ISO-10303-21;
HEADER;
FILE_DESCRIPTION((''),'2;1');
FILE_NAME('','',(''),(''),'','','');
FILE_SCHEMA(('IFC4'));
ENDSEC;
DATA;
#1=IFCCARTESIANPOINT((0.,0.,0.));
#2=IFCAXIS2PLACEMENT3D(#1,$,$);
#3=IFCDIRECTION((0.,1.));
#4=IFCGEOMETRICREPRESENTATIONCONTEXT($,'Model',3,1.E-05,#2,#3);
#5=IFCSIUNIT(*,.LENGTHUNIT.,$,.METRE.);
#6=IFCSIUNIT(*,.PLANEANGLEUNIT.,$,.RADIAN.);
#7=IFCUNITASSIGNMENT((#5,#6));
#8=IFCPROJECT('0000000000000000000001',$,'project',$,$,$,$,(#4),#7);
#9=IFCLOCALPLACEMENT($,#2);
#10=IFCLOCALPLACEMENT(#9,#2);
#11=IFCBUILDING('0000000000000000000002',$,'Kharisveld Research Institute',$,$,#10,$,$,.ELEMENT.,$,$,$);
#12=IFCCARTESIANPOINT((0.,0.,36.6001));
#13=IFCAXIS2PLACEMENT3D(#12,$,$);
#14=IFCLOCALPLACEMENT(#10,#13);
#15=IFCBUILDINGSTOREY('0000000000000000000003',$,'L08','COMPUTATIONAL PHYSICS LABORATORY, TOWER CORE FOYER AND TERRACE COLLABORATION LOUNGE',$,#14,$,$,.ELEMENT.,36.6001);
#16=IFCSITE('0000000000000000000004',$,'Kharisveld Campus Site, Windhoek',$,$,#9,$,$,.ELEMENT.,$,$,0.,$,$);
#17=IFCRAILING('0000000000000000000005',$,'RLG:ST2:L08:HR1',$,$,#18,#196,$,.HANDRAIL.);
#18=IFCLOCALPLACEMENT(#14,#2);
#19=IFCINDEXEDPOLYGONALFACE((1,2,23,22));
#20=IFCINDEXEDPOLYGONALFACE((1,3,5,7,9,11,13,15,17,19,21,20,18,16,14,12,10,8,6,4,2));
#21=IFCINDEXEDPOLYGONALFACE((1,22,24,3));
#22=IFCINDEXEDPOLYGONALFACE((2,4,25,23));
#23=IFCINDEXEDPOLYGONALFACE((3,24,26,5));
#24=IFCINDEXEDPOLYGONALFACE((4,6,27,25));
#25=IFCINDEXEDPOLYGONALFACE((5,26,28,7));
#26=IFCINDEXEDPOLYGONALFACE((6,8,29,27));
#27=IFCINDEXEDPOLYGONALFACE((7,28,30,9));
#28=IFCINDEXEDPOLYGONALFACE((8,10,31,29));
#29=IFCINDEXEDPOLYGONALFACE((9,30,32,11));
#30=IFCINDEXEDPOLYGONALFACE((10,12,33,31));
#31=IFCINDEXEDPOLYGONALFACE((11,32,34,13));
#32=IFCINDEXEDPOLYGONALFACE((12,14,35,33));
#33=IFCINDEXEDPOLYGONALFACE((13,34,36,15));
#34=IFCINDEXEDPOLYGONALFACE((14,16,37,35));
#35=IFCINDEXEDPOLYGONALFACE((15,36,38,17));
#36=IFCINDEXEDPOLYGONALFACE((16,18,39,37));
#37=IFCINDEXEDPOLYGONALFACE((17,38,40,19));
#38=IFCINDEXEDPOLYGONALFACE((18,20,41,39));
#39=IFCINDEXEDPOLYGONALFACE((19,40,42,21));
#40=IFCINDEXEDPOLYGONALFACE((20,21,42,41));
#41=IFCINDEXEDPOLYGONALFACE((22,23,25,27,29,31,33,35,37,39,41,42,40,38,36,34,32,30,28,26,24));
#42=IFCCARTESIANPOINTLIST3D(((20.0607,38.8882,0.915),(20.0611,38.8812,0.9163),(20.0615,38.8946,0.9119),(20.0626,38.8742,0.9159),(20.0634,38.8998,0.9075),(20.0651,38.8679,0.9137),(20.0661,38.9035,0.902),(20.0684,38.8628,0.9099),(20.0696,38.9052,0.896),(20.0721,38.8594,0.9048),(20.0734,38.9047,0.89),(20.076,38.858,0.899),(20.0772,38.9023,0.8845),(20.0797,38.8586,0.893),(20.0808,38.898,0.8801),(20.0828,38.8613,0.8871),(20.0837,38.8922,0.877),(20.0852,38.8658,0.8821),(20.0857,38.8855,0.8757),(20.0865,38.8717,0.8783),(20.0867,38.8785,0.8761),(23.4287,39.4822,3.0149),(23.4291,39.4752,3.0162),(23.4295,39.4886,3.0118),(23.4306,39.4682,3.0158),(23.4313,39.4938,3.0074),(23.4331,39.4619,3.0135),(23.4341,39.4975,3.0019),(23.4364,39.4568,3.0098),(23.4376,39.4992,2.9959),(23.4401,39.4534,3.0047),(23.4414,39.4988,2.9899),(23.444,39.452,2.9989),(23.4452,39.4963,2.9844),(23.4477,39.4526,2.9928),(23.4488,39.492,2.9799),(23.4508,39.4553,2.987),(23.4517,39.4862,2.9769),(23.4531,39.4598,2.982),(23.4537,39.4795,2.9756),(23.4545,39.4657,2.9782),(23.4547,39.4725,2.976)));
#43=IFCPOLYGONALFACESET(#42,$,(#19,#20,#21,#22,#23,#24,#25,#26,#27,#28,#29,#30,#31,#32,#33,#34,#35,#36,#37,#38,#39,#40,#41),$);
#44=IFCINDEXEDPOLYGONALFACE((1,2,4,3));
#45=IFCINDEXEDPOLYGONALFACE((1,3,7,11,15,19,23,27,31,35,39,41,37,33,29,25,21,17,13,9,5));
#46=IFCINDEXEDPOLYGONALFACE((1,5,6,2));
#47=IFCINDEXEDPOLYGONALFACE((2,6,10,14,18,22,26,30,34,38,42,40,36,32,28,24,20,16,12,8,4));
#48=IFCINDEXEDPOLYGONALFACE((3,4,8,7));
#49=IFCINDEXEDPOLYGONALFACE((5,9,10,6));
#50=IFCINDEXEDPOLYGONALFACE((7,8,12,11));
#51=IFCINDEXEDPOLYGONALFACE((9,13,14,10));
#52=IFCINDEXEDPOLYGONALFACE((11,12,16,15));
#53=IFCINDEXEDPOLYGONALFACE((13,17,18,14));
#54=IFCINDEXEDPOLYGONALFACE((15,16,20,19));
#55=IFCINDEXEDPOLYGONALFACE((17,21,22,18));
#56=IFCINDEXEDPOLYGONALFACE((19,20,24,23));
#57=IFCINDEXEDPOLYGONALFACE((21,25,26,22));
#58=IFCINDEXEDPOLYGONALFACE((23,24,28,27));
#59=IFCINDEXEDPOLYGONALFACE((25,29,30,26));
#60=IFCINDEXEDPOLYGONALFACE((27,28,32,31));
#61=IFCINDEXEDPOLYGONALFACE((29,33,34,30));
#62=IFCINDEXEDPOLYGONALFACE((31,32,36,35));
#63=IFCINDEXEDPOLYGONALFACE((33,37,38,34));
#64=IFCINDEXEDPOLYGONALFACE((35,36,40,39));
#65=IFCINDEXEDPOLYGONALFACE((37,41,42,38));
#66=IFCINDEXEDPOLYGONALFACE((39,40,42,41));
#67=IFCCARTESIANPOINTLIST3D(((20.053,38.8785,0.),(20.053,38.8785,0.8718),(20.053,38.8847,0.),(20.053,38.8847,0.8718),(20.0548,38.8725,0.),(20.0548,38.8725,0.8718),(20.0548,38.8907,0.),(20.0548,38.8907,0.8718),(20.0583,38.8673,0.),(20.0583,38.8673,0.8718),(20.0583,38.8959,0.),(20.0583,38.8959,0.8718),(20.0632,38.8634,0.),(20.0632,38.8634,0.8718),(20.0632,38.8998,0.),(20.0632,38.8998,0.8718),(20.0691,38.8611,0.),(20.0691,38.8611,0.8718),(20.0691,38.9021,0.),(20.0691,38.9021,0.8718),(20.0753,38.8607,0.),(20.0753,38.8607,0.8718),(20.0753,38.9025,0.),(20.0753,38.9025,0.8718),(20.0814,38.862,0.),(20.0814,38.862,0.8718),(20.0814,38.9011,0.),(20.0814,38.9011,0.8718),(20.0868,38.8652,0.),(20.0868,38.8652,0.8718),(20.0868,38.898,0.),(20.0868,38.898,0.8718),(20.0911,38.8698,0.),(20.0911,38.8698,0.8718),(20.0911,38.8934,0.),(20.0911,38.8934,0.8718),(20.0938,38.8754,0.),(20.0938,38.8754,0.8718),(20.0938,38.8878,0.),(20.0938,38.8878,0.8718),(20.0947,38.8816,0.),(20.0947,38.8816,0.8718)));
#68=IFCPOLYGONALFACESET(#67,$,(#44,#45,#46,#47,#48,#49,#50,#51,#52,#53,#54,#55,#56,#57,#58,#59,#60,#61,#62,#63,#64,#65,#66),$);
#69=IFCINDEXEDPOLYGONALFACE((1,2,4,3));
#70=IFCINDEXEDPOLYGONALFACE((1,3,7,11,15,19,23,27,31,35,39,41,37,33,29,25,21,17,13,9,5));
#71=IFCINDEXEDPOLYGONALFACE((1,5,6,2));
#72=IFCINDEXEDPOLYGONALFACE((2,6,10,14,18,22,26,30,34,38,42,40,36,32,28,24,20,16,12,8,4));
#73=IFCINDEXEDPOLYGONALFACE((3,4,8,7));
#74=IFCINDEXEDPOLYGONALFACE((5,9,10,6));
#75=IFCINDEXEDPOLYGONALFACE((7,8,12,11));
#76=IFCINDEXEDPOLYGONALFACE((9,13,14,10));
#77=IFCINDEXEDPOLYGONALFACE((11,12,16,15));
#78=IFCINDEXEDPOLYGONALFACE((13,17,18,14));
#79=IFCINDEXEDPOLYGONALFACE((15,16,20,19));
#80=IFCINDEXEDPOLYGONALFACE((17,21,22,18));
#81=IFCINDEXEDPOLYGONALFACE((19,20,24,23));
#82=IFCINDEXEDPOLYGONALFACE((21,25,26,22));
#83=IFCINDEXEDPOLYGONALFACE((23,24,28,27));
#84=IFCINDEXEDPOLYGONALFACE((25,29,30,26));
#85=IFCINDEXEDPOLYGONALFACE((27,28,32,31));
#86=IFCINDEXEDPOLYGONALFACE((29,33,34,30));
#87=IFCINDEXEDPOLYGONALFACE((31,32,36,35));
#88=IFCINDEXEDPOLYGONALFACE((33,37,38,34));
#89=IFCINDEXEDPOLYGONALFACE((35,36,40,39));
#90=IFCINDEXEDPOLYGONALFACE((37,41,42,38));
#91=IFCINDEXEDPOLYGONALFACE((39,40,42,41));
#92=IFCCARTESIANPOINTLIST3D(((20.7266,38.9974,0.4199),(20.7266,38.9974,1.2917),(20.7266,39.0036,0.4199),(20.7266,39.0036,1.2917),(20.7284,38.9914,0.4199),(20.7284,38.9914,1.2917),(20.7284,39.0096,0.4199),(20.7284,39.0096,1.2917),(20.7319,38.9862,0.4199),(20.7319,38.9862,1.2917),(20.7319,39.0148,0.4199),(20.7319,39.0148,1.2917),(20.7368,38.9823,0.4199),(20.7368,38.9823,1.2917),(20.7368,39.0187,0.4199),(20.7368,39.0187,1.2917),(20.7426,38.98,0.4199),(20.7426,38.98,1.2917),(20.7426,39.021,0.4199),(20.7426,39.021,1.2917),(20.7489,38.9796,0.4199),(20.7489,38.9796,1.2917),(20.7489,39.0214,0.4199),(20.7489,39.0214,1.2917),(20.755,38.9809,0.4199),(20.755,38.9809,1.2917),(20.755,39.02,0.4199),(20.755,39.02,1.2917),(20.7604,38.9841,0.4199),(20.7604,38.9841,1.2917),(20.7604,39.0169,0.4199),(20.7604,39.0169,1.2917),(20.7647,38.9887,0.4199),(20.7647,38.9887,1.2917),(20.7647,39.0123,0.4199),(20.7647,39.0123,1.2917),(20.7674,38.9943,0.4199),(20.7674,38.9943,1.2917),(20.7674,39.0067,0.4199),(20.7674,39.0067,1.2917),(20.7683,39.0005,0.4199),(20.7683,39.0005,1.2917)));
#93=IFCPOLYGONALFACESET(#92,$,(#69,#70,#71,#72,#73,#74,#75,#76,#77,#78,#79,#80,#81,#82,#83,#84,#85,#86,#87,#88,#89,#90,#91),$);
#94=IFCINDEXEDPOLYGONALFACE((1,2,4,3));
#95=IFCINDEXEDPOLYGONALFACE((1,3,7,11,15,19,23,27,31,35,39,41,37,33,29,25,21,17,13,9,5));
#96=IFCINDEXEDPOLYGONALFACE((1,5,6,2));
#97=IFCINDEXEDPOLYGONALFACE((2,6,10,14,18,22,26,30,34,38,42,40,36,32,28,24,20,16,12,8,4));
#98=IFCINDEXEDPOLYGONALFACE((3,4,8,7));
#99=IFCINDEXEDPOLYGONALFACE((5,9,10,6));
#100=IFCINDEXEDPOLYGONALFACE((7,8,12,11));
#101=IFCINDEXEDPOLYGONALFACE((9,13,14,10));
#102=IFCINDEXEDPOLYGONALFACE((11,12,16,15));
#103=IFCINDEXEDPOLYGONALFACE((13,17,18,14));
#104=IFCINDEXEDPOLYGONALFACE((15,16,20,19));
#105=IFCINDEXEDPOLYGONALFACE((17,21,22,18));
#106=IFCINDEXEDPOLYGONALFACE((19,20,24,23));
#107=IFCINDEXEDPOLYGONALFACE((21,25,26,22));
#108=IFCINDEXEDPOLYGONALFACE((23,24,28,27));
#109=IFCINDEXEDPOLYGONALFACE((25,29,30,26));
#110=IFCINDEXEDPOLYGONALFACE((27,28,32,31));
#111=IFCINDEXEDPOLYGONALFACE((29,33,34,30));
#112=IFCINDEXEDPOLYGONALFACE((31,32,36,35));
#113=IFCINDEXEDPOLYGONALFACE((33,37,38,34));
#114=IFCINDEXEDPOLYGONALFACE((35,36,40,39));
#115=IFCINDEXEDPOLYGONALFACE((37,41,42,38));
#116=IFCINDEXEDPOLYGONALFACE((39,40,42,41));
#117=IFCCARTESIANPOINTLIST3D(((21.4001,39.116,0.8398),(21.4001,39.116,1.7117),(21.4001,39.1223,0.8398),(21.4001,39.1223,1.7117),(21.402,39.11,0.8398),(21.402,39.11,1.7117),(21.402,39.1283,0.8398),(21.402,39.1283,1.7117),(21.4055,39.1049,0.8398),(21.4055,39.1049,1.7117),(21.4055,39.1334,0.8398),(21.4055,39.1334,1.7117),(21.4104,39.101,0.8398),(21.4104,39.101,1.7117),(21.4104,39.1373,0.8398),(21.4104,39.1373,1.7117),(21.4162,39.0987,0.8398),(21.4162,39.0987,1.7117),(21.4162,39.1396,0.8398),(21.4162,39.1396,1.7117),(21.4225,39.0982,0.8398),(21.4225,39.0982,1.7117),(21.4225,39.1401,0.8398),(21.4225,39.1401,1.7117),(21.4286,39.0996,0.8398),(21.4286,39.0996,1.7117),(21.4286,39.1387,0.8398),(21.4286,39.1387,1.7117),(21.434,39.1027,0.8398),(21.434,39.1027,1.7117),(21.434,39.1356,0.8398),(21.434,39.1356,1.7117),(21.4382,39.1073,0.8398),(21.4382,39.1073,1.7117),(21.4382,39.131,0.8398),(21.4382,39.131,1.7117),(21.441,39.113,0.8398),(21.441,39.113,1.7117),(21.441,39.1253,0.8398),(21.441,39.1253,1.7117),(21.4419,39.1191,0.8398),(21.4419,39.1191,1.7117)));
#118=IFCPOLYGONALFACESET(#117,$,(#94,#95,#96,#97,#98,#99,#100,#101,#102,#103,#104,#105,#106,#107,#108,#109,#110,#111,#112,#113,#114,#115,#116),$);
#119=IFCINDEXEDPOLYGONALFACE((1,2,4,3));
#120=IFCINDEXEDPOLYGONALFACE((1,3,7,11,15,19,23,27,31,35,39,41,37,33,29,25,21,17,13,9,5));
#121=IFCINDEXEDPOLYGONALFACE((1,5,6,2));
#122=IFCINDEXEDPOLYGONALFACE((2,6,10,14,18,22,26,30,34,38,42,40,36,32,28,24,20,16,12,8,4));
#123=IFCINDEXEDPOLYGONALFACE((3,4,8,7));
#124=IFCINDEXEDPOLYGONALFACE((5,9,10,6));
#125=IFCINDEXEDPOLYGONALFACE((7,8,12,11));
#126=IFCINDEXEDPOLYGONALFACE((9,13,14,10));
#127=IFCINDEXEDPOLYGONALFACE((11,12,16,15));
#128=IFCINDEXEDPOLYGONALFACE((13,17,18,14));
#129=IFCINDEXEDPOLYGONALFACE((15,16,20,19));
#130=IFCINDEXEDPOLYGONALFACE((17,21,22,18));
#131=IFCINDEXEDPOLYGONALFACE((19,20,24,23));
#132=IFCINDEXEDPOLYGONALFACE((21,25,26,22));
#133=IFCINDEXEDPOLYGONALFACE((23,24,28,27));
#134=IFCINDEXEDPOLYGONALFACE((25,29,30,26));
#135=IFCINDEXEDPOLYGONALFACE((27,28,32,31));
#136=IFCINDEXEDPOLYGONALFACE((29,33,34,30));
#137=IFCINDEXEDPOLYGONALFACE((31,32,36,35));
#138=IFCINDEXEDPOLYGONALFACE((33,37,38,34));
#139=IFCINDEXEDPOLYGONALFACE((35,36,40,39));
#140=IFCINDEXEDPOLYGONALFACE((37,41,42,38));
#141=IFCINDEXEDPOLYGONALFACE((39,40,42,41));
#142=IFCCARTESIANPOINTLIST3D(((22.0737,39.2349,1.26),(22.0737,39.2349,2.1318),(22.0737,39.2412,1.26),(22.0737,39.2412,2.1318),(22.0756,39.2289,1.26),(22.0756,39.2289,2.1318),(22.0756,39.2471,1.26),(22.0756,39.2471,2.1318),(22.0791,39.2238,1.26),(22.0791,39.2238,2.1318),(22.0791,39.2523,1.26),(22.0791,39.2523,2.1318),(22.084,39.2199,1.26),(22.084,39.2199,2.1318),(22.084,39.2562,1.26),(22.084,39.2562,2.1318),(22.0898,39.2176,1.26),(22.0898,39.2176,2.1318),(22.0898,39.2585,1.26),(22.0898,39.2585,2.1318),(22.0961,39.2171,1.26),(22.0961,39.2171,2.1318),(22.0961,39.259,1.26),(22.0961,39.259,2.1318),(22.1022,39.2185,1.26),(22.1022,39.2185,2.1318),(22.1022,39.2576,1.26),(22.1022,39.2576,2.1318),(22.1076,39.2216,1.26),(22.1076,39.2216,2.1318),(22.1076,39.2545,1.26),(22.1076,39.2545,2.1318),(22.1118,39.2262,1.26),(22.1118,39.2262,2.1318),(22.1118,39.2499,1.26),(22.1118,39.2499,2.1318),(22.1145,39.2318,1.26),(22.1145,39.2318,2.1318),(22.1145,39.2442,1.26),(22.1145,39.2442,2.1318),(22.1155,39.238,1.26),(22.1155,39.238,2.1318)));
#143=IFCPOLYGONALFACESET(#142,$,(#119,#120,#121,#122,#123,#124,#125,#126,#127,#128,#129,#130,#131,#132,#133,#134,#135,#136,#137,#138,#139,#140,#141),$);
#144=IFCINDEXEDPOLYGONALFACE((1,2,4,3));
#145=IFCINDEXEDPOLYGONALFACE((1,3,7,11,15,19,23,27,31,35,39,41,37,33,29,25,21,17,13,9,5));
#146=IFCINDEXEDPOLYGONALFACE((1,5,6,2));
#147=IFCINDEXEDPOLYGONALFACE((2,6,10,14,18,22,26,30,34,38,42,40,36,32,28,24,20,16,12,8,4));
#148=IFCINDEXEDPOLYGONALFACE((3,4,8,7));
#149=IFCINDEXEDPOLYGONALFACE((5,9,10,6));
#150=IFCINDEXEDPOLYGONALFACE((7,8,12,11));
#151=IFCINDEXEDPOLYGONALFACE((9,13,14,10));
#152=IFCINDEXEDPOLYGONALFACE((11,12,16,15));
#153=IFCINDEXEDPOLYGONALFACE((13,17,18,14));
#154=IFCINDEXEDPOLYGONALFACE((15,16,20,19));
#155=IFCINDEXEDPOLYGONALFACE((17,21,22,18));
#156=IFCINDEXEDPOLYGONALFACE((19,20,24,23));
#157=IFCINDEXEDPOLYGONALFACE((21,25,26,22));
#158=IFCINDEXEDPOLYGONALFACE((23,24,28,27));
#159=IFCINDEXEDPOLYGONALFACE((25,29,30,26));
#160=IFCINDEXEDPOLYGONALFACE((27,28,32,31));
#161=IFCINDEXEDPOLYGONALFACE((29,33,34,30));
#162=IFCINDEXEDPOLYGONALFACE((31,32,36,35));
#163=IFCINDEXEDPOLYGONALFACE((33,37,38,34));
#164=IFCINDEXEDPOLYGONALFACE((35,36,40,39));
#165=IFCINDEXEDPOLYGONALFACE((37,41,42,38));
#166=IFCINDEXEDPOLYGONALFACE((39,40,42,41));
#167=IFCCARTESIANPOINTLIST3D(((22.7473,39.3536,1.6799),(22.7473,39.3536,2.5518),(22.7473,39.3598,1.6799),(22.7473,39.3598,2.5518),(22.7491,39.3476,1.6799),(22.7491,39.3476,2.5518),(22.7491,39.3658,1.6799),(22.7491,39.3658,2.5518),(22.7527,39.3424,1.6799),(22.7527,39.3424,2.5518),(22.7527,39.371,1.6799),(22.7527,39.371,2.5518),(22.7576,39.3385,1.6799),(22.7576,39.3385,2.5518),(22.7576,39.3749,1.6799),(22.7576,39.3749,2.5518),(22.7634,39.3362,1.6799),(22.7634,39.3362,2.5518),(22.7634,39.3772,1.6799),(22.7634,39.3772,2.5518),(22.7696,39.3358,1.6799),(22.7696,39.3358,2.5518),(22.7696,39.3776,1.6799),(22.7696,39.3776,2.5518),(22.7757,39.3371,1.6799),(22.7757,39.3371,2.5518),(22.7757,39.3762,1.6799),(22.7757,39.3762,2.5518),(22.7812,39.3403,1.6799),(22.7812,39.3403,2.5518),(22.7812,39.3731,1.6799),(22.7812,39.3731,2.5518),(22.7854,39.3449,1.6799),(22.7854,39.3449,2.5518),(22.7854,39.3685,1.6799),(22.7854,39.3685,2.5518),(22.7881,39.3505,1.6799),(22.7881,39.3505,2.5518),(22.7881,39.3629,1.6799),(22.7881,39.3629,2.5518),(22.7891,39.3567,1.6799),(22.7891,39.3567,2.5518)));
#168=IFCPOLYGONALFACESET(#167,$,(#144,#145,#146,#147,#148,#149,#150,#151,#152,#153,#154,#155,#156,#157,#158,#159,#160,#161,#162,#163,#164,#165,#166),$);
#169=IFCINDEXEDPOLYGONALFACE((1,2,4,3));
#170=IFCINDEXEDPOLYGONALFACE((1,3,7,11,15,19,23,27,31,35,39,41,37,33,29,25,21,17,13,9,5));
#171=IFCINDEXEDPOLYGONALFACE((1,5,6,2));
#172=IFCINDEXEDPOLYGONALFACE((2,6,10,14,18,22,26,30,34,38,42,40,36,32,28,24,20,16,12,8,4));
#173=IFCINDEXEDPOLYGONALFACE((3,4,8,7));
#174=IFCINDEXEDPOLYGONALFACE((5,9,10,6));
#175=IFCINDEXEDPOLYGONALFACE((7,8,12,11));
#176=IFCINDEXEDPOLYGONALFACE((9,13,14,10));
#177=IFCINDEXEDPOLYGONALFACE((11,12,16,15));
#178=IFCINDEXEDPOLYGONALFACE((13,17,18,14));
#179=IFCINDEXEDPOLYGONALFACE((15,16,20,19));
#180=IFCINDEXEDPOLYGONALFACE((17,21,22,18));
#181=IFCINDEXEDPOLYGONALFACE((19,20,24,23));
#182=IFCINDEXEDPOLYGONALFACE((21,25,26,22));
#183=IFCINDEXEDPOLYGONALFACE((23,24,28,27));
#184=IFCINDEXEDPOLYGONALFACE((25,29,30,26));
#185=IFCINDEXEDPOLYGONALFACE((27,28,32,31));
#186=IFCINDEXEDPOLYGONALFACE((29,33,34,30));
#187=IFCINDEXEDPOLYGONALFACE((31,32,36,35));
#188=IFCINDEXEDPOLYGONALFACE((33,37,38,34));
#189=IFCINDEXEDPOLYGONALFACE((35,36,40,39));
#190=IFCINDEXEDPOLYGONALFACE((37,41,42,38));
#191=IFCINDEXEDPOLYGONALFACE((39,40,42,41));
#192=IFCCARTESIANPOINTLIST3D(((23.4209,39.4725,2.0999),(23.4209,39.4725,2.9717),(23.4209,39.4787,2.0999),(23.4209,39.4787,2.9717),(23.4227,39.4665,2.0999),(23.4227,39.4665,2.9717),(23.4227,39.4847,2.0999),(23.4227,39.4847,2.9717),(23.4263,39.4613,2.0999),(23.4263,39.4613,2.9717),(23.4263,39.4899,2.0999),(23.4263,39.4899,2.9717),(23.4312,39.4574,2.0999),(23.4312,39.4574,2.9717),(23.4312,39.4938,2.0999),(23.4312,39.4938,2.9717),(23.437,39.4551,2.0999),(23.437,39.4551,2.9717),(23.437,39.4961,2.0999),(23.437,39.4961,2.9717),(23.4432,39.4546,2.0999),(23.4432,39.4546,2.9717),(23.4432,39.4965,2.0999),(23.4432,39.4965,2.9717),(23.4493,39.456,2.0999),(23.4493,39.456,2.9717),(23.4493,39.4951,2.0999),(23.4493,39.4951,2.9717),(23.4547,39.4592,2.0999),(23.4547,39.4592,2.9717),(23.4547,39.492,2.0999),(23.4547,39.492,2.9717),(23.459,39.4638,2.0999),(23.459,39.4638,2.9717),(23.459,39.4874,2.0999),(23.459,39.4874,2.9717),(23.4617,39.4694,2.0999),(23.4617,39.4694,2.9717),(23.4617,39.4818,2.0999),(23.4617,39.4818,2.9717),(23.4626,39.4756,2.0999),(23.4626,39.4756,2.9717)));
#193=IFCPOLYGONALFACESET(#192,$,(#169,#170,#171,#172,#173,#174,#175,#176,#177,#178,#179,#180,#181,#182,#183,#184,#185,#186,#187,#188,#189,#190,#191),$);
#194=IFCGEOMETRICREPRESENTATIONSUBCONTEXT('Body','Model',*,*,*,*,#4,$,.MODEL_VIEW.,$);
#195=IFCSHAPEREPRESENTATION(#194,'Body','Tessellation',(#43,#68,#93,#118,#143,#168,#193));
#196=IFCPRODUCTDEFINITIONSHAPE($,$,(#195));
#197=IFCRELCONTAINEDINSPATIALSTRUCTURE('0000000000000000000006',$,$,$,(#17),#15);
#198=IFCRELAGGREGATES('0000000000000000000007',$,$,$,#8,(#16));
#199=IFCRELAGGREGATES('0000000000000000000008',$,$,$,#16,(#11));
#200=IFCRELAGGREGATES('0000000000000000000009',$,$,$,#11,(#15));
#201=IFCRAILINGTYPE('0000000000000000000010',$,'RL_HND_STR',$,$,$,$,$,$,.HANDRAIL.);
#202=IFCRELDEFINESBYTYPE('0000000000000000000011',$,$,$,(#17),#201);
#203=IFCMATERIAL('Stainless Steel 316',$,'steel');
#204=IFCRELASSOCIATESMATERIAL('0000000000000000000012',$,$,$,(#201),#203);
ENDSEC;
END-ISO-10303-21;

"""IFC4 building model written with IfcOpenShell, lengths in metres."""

from ifc_helpers import new_model, si_unit, direction, frame, origin, origin_2d, place, context, subcontext, project, spatial, circle, extrude, material, type_object, element, save


model = new_model("IFC4")

# Units and contexts
model_context = context("Model", 3, precision=1e-05, world=origin(), true_north=direction((0.0, 1.0)))
body_context = subcontext(model_context, "Body", "Model", "MODEL_VIEW")
ifc_project = project(units=[si_unit("LENGTHUNIT", "METRE"), si_unit("PLANEANGLEUNIT", "RADIAN")], contexts=[model_context])

# Site, building, storey
site_placement = place(None, origin())
site = spatial("IfcSite", under=ifc_project, at=site_placement, Name="Kharisveld Campus Site, Windhoek", CompositionType="ELEMENT", RefElevation=0.0)
building_placement = place(site_placement, origin())
building = spatial("IfcBuilding", under=site, at=building_placement, Name="Kharisveld Research Institute", CompositionType="ELEMENT")
storey_placement = place(building_placement, frame((0.0, 0.0, 36.6001)))
storey = spatial("IfcBuildingStorey", under=building, at=storey_placement, Name="L08", Description="COMPUTATIONAL PHYSICS LABORATORY, TOWER CORE FOYER AND TERRACE COLLABORATION LOUNGE", CompositionType="ELEMENT", Elevation=36.6001)

# Railing
ifc_material_1 = material(Name="Stainless Steel 316", Category="steel")
railing_type_1 = type_object("IfcRailingType", Name="RL_HND_STR", PredefinedType="HANDRAIL", material=ifc_material_1)
railing_1_placement = place(storey_placement, frame((20.0737, 38.8816, 0.0)))
element("IfcRailing", 1, at=railing_1_placement, inside=storey, type_object=railing_type_1, Name="RLG:ST2:L08:HR1", PredefinedType="HANDRAIL", context=body_context, shape_type="SweptSolid", body=[
    extrude(circle(Radius=0.0239, at=origin_2d()), frame((0.0, 0.0, 0.896), z_axis=(0.839228, 0.148013, 0.523248), x_axis=(-0.173688, 0.984801, 0.0)), (0.0, 0.0, 1.0), 4.0132),
    extrude(circle(Radius=0.021, at=origin_2d()), origin(), (0.0, 0.0, 1.0), 0.8718),
    extrude(circle(Radius=0.021, at=origin_2d()), frame((0.6736, 0.1189, 0.4199)), (0.0, 0.0, 1.0), 0.8718),
    extrude(circle(Radius=0.021, at=origin_2d()), frame((1.3472, 0.2375, 0.8398)), (0.0, 0.0, 1.0), 0.8718),
    extrude(circle(Radius=0.021, at=origin_2d()), frame((2.0208, 0.3564, 1.26)), (0.0, 0.0, 1.0), 0.8718),
    extrude(circle(Radius=0.021, at=origin_2d()), frame((2.6943, 0.4751, 1.6799)), (0.0, 0.0, 1.0), 0.8718),
    extrude(circle(Radius=0.021, at=origin_2d()), frame((3.3679, 0.594, 2.0999)), (0.0, 0.0, 1.0), 0.8718),
])

save(model, "model.ifc")
